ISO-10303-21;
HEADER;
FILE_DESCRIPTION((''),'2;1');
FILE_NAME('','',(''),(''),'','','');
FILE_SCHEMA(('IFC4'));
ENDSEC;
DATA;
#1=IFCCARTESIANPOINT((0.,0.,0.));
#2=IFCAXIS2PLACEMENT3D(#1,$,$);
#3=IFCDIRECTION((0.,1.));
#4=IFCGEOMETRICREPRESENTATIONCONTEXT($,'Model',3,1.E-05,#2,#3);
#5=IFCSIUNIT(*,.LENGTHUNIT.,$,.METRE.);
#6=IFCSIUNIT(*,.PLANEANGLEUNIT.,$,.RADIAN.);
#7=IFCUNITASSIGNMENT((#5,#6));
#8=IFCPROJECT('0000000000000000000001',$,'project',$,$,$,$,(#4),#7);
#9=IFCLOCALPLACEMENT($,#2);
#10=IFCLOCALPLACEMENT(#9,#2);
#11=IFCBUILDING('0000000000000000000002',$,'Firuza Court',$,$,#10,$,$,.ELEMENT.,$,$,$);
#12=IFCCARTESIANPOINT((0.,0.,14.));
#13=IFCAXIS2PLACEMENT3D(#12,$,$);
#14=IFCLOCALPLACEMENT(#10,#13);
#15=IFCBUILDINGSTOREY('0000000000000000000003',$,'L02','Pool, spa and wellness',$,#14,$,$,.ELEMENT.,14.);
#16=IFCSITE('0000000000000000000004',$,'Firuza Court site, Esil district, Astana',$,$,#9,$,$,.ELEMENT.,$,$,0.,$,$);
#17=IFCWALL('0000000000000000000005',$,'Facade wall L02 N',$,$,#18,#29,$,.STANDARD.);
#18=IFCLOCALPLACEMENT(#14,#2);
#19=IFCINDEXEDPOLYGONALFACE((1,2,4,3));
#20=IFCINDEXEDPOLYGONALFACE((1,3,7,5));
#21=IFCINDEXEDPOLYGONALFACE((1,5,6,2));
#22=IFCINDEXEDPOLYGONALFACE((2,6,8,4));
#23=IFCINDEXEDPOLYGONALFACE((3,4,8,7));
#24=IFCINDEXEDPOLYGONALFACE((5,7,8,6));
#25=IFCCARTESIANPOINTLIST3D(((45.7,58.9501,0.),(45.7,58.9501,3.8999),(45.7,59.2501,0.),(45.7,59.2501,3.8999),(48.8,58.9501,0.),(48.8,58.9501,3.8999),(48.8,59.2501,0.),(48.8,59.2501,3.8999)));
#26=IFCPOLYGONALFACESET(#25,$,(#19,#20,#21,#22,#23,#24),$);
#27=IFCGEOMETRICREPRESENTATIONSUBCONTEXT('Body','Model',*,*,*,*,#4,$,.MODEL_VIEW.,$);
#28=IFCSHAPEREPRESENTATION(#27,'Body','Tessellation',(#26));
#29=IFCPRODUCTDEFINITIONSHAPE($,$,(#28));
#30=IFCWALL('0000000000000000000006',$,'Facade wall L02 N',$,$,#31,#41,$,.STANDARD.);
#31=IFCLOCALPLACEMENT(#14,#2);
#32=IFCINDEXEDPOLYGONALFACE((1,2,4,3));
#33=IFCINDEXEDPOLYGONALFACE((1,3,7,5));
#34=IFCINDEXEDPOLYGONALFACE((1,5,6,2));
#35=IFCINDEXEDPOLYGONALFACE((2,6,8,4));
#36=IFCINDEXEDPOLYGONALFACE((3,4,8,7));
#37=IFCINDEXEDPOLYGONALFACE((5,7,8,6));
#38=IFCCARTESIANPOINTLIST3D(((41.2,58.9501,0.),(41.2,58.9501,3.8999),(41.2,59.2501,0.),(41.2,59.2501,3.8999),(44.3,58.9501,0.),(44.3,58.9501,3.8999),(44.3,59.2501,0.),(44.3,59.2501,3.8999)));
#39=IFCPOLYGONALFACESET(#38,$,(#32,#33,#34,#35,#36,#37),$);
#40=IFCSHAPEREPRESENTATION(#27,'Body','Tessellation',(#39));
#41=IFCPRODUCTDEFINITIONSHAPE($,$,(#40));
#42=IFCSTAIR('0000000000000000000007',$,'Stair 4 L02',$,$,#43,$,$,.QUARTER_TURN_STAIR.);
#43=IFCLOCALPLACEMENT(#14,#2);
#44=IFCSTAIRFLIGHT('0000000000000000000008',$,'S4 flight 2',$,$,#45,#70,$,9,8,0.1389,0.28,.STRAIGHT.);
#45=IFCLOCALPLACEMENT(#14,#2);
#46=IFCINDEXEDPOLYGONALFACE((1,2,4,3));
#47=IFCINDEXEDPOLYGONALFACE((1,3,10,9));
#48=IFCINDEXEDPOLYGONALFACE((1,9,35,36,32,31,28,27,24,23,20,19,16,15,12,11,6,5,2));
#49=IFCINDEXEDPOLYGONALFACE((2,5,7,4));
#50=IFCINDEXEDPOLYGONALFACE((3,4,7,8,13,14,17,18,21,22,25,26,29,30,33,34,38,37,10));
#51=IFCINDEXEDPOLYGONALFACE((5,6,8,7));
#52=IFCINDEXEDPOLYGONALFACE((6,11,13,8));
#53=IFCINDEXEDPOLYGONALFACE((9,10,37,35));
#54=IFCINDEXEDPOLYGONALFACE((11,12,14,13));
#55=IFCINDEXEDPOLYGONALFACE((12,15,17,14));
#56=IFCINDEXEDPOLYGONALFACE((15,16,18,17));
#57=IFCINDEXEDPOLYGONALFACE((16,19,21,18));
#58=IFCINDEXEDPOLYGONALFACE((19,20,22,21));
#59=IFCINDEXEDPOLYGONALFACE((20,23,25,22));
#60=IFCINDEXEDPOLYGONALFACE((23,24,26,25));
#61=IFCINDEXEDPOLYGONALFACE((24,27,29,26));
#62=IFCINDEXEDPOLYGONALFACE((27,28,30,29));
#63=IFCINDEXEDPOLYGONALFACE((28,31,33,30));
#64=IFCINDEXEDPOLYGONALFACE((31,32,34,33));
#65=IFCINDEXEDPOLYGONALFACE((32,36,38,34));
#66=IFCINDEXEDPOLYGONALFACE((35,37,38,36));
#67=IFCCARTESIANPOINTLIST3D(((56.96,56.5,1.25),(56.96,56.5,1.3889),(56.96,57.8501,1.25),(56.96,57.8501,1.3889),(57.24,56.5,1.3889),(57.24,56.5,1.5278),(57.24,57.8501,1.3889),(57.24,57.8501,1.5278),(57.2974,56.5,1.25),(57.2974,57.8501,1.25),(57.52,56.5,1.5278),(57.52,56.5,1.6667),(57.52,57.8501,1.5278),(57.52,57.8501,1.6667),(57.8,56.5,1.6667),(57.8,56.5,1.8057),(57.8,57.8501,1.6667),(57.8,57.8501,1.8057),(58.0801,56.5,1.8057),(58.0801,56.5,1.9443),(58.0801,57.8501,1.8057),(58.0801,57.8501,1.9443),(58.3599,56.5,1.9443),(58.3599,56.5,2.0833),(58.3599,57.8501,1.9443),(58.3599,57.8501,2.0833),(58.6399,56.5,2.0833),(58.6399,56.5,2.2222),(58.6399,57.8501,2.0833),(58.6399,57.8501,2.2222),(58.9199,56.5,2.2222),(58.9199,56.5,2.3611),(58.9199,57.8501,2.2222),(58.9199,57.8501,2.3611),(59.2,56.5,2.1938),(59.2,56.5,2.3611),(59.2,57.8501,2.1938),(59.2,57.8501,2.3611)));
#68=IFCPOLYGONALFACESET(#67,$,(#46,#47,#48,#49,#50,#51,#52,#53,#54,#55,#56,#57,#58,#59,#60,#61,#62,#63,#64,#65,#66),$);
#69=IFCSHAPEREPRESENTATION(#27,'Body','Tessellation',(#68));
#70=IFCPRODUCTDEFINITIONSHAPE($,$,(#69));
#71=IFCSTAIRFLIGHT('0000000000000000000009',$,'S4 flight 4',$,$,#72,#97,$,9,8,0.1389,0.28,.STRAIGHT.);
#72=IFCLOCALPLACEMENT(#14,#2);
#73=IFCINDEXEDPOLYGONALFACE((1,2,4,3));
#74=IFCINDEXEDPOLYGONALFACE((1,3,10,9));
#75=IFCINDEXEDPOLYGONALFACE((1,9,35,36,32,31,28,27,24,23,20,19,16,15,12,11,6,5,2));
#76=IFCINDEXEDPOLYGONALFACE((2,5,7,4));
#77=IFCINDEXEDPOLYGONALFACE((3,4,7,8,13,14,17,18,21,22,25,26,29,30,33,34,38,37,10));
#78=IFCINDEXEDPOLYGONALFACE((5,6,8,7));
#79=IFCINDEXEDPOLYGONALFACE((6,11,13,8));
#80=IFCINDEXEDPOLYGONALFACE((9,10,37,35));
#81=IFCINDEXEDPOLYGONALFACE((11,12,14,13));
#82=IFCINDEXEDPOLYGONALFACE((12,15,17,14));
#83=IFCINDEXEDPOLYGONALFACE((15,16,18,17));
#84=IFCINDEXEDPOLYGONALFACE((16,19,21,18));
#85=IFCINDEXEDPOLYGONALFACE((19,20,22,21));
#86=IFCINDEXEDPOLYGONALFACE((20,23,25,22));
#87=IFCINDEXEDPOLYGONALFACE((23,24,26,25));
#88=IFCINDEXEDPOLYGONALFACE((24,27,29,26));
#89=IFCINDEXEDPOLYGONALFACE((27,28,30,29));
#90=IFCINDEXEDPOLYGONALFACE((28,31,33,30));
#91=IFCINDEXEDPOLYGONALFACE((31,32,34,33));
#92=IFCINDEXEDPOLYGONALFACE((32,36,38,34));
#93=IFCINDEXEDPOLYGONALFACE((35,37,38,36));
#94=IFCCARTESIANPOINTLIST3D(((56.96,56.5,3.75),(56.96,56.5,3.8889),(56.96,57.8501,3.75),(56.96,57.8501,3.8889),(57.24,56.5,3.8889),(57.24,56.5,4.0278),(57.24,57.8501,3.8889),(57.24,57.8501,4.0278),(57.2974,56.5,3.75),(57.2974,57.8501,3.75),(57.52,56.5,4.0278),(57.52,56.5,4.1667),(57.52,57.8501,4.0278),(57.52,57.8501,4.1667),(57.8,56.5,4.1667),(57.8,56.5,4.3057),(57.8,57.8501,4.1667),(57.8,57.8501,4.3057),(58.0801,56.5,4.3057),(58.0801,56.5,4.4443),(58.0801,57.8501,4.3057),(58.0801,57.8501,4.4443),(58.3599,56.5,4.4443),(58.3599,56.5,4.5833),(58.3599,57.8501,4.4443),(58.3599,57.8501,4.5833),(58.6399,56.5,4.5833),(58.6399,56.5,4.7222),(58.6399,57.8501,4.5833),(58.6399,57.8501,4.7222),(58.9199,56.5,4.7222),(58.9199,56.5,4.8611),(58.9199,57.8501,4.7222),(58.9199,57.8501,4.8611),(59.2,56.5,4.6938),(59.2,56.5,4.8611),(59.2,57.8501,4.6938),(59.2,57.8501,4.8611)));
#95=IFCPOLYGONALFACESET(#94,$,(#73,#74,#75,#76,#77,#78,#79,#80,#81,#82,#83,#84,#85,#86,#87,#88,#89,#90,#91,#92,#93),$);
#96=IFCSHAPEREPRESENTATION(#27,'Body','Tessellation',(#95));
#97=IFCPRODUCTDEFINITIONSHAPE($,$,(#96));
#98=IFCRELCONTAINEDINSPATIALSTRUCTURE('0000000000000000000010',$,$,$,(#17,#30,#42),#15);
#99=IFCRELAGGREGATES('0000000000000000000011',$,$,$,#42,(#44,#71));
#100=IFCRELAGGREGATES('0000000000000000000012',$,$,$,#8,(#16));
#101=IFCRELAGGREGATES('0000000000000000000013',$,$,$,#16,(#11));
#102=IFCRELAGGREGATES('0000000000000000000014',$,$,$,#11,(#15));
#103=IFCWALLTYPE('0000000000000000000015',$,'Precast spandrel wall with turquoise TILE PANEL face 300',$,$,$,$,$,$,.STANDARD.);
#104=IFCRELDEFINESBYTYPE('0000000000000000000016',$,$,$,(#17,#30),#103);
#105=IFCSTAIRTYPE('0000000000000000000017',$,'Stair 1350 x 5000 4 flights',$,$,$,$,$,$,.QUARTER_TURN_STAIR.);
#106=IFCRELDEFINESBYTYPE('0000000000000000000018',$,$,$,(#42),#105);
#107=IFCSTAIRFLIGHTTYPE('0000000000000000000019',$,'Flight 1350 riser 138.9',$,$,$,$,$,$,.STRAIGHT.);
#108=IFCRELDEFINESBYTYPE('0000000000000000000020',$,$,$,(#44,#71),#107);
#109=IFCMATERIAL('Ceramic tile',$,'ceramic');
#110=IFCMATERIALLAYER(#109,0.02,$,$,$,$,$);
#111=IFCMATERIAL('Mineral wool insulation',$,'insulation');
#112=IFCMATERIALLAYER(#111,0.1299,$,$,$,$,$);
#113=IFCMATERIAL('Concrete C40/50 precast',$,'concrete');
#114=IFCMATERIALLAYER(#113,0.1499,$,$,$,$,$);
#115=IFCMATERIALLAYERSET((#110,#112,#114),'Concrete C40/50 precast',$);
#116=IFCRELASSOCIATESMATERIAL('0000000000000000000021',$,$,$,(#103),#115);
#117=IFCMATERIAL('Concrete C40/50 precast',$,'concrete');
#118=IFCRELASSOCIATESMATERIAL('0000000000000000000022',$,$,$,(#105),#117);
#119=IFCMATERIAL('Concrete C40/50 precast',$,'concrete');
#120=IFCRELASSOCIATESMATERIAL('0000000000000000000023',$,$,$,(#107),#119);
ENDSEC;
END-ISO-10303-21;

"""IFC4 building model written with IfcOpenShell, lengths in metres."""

from ifc_helpers import new_model, si_unit, direction, frame, frame_2d, origin, place, context, subcontext, project, spatial, polyline, rectangle, outline, extrude, material, layer, layer_set, type_object, element, aggregate, save


model = new_model("IFC4")

# Units and contexts
model_context = context("Model", 3, precision=1e-05, world=origin(), true_north=direction((0.0, 1.0)))
body_context = subcontext(model_context, "Body", "Model", "MODEL_VIEW")
ifc_project = project(units=[si_unit("LENGTHUNIT", "METRE"), si_unit("PLANEANGLEUNIT", "RADIAN")], contexts=[model_context])

# Site, building, storey
site_placement = place(None, origin())
site = spatial("IfcSite", under=ifc_project, at=site_placement, Name="Firuza Court site, Esil district, Astana", CompositionType="ELEMENT", RefElevation=0.0)
building_placement = place(site_placement, origin())
building = spatial("IfcBuilding", under=site, at=building_placement, Name="Firuza Court", CompositionType="ELEMENT")
storey_placement = place(building_placement, frame((0.0, 0.0, 14.0)))
storey = spatial("IfcBuildingStorey", under=building, at=storey_placement, Name="L02", Description="Pool, spa and wellness", CompositionType="ELEMENT", Elevation=14.0)

# Walls
ifc_material_1 = material(Name="Ceramic tile", Category="ceramic")
ifc_layer_1 = layer(ifc_material_1, 0.02)
ifc_material_2 = material(Name="Mineral wool insulation", Category="insulation")
ifc_layer_2 = layer(ifc_material_2, 0.1299)
ifc_material_3 = material(Name="Concrete C40/50 precast", Category="concrete")
ifc_layer_3 = layer(ifc_material_3, 0.1499)
ifc_layer_set_1 = layer_set([ifc_layer_1, ifc_layer_2, ifc_layer_3], Name="Concrete C40/50 precast")
wall_type_1 = type_object("IfcWallType", Name="Precast spandrel wall with turquoise TILE PANEL face 300", PredefinedType="STANDARD", material=ifc_layer_set_1)
for number, where, z_axis, x_axis, name in (
    (1, (48.8, 59.1001, 0.0), (0.0, 0.0, 1.0), (-1.0, 0.0, 0.0), "Facade wall L02 N"),
    (2, (44.3, 59.1001, 0.0), (0.0, 0.0, 1.0), (-1.0, 0.0, 0.0), "Facade wall L02 N"),
):
    element("IfcWall", number, at=place(storey_placement, frame(where, z_axis=z_axis, x_axis=x_axis)), inside=storey, type_object=wall_type_1, Name=name, PredefinedType="STANDARD", context=body_context, shape_type="SweptSolid", body=[
        extrude(rectangle(XDim=3.1001, YDim=0.3, at=frame_2d((1.55, 0.0))), origin(), (0.0, 0.0, 1.0), 3.8999),
    ])

# Stair, stair flights
ifc_material_4 = material(Name="Concrete C40/50 precast", Category="concrete")
stair_type = type_object("IfcStairType", Name="Stair 1350 x 5000 4 flights", PredefinedType="QUARTER_TURN_STAIR", material=ifc_material_4)
stair_placement = place(storey_placement, origin())
stair = element("IfcStair", 3, at=stair_placement, inside=storey, type_object=stair_type, Name="Stair 4 L02", PredefinedType="QUARTER_TURN_STAIR")
ifc_material_5 = material(Name="Concrete C40/50 precast", Category="concrete")
stair_flight_type = type_object("IfcStairFlightType", Name="Flight 1350 riser 138.9", PredefinedType="STRAIGHT", material=ifc_material_5)
stair_flight_1_placement = place(storey_placement, frame((56.96, 57.175, 1.25), z_axis=(0.0, 0.0, 1.0), x_axis=(1.0, 0.0, 0.0)))
stair_flight_1 = element("IfcStairFlight", 4, at=stair_flight_1_placement, type_object=stair_flight_type, Name="S4 flight 2", NumberOfRisers=9, NumberOfTreads=8, PredefinedType="STRAIGHT", RiserHeight=0.1389, TreadLength=0.28, context=body_context, shape_type="SweptSolid", body=[
    extrude(outline(polyline([(0.0, 0.0), (0.0, 0.1389), (0.28, 0.1389), (0.28, 0.2778), (0.5601, 0.2778), (0.5601, 0.4167), (0.8401, 0.4167), (0.8401, 0.5557), (1.1201, 0.5557), (1.1201, 0.6943), (1.3999, 0.6943), (1.3999, 0.8333), (1.6799, 0.8333), (1.6799, 0.9722), (1.96, 0.9722), (1.96, 1.1111), (2.24, 1.1111), (2.24, 1.25), (2.24, 0.9438), (0.3374, 0.0), (0.0, 0.0)])), frame((0.0, 0.675, 0.0), z_axis=(0.0, -1.0, 0.0), x_axis=(1.0, 0.0, 0.0)), (0.0, 0.0, 1.0), 1.3501),
])
stair_flight_2_placement = place(storey_placement, frame((56.96, 57.175, 3.75), z_axis=(0.0, 0.0, 1.0), x_axis=(1.0, 0.0, 0.0)))
stair_flight_2 = element("IfcStairFlight", 5, at=stair_flight_2_placement, type_object=stair_flight_type, Name="S4 flight 4", NumberOfRisers=9, NumberOfTreads=8, PredefinedType="STRAIGHT", RiserHeight=0.1389, TreadLength=0.28, context=body_context, shape_type="SweptSolid", body=[
    extrude(outline(polyline([(0.0, 0.0), (0.0, 0.1389), (0.28, 0.1389), (0.28, 0.2778), (0.5601, 0.2778), (0.5601, 0.4167), (0.8401, 0.4167), (0.8401, 0.5557), (1.1201, 0.5557), (1.1201, 0.6943), (1.3999, 0.6943), (1.3999, 0.8333), (1.6799, 0.8333), (1.6799, 0.9722), (1.96, 0.9722), (1.96, 1.1111), (2.24, 1.1111), (2.24, 1.25), (2.24, 0.9438), (0.3374, 0.0), (0.0, 0.0)])), frame((0.0, 0.675, 0.0), z_axis=(0.0, -1.0, 0.0), x_axis=(1.0, 0.0, 0.0)), (0.0, 0.0, 1.0), 1.3501),
])
aggregate(stair, [stair_flight_1, stair_flight_2])

save(model, "model.ifc")
